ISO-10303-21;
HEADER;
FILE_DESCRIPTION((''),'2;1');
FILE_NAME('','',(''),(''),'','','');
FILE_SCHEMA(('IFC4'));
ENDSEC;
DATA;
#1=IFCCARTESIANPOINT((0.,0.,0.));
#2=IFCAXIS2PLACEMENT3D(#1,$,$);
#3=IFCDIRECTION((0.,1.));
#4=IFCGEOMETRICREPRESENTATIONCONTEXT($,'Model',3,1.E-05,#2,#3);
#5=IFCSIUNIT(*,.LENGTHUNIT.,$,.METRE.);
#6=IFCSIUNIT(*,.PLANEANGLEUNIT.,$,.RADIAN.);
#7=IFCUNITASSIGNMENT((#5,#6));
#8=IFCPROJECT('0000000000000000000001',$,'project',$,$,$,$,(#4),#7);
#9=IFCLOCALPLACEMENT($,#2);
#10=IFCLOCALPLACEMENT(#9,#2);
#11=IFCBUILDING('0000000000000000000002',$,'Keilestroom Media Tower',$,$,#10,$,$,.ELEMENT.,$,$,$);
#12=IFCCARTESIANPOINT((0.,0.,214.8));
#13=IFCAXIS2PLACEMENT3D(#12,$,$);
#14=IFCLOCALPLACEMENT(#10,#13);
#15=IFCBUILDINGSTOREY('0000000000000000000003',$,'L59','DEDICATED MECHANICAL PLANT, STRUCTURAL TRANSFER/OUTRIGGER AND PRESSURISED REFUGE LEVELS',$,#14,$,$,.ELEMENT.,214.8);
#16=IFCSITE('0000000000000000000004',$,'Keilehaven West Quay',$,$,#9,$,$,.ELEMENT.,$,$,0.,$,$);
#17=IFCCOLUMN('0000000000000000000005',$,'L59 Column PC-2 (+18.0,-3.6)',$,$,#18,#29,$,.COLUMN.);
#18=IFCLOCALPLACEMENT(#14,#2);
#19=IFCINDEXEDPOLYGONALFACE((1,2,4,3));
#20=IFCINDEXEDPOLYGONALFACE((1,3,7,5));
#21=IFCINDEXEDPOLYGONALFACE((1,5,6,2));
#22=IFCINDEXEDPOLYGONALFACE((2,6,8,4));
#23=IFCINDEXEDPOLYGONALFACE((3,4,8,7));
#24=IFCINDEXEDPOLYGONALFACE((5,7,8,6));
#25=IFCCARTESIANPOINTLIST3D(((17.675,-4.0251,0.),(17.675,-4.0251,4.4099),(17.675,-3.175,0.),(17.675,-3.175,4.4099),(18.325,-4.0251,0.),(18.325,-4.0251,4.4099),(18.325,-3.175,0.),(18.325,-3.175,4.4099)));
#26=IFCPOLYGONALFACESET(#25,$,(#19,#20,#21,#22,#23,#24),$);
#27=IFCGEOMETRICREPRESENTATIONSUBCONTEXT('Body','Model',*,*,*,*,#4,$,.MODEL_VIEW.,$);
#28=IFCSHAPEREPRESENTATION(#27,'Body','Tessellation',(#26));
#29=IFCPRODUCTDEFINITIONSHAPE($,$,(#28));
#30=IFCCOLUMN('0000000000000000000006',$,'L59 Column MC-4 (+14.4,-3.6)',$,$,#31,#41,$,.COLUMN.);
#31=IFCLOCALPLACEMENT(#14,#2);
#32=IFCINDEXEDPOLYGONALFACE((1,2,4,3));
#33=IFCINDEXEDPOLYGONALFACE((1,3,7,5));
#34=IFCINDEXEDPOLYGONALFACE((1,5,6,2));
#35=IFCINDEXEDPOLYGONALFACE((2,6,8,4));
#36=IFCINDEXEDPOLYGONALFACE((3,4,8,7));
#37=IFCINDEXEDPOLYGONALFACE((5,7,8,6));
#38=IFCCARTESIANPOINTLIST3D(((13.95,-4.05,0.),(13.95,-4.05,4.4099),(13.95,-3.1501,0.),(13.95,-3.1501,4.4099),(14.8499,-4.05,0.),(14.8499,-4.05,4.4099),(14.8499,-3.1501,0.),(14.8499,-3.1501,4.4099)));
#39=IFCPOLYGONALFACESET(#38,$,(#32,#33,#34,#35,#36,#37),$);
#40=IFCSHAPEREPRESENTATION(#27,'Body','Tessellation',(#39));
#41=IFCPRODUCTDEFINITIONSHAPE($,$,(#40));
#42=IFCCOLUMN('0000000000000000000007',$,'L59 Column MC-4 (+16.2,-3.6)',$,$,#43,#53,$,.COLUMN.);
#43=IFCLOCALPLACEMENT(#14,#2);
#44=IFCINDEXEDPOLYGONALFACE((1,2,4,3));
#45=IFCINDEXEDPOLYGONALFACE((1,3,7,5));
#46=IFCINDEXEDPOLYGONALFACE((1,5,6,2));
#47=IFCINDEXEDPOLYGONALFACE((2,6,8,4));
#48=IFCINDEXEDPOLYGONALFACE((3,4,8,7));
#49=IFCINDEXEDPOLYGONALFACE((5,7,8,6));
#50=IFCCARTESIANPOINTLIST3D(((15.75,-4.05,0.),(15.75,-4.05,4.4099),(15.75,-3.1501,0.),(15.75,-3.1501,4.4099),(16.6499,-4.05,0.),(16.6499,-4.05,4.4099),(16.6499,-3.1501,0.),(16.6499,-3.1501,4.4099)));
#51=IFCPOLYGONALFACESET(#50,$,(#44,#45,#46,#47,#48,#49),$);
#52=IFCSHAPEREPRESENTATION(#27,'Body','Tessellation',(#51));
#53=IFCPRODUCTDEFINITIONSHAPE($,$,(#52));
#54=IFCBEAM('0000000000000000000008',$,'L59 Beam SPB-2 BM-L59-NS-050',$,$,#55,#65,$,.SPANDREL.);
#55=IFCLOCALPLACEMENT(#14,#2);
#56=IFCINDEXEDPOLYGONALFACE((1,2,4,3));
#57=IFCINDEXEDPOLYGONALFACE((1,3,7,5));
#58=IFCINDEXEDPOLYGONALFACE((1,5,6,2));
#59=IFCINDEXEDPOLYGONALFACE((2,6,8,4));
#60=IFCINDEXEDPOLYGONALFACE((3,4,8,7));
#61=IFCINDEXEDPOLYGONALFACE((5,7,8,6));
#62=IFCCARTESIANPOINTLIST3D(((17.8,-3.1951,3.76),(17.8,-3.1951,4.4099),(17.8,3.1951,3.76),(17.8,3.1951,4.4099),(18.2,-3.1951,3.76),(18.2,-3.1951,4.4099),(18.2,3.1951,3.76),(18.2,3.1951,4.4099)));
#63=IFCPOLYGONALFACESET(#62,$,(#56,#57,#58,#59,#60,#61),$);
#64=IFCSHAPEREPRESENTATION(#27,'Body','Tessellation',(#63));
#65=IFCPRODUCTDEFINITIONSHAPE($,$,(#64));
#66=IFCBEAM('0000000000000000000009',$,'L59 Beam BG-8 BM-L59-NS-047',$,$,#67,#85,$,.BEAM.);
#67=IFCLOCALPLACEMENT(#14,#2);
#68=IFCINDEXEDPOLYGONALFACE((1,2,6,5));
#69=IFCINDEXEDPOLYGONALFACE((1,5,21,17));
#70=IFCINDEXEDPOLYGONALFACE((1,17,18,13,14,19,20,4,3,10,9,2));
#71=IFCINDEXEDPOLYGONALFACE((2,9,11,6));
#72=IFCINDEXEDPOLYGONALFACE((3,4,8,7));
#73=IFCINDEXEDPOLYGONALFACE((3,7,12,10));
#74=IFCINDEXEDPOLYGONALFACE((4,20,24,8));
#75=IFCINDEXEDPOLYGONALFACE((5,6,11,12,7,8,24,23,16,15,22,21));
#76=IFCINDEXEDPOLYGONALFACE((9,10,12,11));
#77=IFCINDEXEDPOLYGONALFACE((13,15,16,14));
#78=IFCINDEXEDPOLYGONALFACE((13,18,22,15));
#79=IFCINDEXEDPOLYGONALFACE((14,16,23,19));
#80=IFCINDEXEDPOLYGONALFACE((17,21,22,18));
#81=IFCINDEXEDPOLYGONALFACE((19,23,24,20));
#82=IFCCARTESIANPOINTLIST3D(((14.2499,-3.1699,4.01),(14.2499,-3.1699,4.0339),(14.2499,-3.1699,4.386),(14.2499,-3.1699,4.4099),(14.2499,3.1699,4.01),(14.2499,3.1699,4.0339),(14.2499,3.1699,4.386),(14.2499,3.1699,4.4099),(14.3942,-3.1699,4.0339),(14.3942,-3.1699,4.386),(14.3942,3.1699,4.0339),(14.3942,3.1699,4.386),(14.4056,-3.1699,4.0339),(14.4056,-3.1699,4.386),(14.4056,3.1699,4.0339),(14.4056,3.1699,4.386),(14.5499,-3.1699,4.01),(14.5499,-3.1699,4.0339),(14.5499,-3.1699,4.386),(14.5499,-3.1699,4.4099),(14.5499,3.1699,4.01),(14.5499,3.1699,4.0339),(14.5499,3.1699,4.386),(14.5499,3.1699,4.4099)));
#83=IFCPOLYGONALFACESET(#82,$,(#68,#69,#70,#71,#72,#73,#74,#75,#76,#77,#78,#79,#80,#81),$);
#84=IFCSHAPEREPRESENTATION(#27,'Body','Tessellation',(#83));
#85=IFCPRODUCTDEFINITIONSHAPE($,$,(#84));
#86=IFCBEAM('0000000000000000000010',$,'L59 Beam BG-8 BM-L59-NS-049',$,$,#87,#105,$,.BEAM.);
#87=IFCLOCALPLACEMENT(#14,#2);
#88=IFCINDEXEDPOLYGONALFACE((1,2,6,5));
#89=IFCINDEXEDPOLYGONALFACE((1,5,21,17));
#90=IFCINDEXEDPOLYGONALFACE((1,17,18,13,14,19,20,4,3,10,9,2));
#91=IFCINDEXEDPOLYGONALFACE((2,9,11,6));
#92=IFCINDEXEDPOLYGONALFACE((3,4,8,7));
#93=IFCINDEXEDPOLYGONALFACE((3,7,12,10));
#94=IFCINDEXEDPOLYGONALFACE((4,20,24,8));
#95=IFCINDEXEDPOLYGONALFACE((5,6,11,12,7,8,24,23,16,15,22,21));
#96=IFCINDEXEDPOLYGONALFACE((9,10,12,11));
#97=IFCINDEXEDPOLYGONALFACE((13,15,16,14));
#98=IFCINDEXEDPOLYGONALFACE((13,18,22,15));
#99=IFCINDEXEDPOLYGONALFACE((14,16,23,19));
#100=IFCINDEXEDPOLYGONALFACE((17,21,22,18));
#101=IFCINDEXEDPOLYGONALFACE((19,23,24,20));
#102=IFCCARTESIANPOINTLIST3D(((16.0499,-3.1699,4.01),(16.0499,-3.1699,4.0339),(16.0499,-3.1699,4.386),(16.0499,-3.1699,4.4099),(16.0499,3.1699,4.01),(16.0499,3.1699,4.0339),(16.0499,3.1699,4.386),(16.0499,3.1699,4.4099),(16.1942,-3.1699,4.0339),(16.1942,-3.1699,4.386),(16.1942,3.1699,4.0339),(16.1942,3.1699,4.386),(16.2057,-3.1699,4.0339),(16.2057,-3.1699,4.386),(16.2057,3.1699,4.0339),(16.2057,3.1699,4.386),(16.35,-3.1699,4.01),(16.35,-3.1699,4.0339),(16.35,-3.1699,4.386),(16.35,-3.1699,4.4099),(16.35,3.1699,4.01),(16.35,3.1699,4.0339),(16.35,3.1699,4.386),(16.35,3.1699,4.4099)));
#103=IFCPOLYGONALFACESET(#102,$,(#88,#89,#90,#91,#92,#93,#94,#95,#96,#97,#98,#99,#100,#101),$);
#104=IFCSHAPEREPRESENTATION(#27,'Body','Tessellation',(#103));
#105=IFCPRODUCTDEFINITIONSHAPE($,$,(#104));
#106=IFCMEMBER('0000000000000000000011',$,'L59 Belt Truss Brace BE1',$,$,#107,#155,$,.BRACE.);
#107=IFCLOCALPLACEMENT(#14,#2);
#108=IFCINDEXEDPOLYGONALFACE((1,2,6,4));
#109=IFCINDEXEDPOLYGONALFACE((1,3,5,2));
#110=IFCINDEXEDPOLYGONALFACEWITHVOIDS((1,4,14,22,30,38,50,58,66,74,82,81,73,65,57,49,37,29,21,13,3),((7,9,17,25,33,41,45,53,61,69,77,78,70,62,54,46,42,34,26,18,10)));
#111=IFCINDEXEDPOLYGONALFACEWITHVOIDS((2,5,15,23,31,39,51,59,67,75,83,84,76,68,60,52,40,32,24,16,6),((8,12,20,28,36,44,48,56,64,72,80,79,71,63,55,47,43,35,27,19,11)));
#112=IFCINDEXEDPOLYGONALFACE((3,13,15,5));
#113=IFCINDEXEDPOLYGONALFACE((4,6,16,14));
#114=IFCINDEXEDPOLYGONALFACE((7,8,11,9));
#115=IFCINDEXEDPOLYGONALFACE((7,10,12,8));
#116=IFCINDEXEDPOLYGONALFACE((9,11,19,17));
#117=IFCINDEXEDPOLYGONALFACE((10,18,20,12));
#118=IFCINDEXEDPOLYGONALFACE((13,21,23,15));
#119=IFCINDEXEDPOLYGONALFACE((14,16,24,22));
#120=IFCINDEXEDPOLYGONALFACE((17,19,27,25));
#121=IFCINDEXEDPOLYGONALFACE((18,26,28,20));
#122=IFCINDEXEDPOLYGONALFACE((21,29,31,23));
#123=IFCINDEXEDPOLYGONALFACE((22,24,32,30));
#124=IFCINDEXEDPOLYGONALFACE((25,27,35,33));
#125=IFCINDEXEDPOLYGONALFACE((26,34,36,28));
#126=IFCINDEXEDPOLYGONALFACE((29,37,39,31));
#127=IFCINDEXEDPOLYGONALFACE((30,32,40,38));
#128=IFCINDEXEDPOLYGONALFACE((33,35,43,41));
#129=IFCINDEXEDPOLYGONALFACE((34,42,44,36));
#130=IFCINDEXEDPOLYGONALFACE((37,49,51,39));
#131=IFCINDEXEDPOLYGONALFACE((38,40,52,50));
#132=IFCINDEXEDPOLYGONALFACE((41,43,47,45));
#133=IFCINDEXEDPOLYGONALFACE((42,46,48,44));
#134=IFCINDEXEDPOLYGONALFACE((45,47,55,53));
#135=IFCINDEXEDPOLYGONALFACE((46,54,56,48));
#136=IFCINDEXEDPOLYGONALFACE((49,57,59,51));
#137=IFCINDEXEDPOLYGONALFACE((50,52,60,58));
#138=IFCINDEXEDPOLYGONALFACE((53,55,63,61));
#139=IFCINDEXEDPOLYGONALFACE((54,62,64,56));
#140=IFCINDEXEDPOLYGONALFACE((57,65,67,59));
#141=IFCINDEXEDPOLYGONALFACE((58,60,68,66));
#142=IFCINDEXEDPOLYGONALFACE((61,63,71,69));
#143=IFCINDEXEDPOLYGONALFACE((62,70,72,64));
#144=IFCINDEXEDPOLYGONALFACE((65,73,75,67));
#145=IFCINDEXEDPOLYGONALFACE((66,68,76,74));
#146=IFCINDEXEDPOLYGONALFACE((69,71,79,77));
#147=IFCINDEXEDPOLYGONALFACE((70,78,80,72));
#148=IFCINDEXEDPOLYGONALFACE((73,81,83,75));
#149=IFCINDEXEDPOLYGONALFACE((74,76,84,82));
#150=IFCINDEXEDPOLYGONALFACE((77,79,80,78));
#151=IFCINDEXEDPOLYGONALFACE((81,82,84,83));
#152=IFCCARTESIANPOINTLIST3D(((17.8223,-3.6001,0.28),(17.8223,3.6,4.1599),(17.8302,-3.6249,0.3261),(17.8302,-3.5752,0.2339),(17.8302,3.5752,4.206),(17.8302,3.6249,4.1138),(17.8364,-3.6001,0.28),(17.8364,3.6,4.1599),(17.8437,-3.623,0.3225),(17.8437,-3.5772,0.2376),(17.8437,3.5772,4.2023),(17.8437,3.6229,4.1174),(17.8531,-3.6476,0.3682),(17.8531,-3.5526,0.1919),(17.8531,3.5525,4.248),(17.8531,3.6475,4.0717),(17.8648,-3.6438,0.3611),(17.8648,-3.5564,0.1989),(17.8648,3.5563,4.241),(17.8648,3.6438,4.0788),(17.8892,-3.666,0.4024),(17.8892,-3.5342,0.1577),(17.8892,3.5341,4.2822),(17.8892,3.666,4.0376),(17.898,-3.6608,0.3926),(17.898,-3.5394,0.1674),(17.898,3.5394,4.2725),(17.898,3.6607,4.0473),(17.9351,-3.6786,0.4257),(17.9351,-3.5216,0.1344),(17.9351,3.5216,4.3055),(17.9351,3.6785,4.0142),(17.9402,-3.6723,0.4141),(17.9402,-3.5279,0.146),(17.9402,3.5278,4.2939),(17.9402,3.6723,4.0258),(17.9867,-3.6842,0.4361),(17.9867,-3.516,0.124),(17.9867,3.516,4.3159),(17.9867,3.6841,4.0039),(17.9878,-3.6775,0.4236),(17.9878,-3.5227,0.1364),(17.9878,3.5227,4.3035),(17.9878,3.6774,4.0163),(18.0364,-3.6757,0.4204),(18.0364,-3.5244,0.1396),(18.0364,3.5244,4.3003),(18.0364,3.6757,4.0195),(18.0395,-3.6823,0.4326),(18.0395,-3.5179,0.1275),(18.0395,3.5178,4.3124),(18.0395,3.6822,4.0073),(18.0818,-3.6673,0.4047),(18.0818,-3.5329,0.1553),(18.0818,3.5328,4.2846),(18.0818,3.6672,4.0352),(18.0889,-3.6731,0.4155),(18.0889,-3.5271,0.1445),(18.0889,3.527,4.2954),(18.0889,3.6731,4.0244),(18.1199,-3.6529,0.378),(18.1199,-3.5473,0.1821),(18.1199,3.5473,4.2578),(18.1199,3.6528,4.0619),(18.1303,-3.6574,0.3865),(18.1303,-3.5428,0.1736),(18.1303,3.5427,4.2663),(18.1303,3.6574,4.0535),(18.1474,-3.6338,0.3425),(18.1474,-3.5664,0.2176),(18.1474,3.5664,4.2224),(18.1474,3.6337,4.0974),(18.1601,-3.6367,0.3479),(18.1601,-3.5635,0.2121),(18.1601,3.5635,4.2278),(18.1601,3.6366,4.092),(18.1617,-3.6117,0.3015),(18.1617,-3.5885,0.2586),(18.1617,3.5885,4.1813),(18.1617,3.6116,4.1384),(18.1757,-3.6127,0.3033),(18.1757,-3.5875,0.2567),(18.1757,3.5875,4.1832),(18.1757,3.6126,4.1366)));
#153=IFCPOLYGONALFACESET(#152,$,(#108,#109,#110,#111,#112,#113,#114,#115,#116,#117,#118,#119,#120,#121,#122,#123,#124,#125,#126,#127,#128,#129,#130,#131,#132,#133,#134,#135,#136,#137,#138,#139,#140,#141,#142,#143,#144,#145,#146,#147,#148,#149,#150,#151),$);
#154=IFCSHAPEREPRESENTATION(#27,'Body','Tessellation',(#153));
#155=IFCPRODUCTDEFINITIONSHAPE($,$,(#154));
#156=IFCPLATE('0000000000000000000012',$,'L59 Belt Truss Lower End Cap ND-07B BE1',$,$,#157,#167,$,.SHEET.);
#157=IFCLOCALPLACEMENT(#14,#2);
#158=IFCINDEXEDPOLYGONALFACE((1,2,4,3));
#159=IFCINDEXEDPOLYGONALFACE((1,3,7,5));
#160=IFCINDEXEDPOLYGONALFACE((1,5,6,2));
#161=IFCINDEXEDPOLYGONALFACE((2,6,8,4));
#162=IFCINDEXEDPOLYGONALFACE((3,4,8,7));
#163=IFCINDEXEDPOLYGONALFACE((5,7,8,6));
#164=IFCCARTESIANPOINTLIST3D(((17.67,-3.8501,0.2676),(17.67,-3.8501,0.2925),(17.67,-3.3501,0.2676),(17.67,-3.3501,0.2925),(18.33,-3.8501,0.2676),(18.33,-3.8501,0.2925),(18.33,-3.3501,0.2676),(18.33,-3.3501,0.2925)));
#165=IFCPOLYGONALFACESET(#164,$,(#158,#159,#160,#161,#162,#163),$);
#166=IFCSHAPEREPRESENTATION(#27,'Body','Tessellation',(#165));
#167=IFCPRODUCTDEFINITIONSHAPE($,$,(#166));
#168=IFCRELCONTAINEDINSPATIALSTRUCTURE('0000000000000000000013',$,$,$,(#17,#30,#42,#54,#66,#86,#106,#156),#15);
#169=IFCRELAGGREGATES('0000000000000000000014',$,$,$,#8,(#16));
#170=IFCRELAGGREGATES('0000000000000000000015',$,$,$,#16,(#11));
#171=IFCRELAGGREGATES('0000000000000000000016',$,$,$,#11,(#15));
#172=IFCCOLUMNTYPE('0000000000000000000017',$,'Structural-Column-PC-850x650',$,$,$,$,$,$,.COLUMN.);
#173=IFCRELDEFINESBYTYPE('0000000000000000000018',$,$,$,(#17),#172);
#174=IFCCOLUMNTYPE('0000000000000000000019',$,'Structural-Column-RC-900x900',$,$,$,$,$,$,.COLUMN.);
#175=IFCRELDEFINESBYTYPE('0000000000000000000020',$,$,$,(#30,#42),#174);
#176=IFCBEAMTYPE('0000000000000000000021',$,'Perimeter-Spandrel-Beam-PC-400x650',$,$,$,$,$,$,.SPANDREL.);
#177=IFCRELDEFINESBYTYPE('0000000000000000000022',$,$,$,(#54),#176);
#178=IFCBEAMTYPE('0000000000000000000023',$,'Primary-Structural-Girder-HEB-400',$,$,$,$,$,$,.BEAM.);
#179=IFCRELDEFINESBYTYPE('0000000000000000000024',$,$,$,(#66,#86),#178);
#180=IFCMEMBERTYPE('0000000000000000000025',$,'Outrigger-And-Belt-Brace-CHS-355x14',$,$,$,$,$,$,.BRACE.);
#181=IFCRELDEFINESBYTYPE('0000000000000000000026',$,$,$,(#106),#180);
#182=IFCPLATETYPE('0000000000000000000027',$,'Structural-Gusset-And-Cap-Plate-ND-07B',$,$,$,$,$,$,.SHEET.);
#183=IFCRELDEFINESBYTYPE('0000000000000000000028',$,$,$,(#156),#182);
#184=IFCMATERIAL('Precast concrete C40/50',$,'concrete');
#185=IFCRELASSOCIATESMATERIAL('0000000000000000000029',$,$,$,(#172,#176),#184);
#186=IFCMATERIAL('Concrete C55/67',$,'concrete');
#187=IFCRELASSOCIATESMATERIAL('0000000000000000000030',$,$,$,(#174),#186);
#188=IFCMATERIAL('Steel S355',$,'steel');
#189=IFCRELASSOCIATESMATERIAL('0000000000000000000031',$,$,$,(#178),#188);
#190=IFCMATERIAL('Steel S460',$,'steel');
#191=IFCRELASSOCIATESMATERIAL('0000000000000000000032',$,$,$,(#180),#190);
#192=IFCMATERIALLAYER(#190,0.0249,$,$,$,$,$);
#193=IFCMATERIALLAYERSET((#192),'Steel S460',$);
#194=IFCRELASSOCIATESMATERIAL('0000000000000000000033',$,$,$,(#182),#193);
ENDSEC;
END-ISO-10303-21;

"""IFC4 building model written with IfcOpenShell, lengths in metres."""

from ifc_helpers import new_model, si_unit, direction, frame, origin, origin_2d, place, context, subcontext, project, spatial, rectangle, hollow_circle, i_section, extrude, source, transform, mapped, material, layer, layer_set, material_profile, profile_set, type_object, element, save


model = new_model("IFC4")

# Units and contexts
model_context = context("Model", 3, precision=1e-05, world=origin(), true_north=direction((0.0, 1.0)))
body_context = subcontext(model_context, "Body", "Model", "MODEL_VIEW")
ifc_project = project(units=[si_unit("LENGTHUNIT", "METRE"), si_unit("PLANEANGLEUNIT", "RADIAN")], contexts=[model_context])

# Site, building, storey
site_placement = place(None, origin())
site = spatial("IfcSite", under=ifc_project, at=site_placement, Name="Keilehaven West Quay", CompositionType="ELEMENT", RefElevation=0.0)
building_placement = place(site_placement, origin())
building = spatial("IfcBuilding", under=site, at=building_placement, Name="Keilestroom Media Tower", CompositionType="ELEMENT")
storey_placement = place(building_placement, frame((0.0, 0.0, 214.8)))
storey = spatial("IfcBuildingStorey", under=building, at=storey_placement, Name="L59", Description="DEDICATED MECHANICAL PLANT, STRUCTURAL TRANSFER/OUTRIGGER AND PRESSURISED REFUGE LEVELS", CompositionType="ELEMENT", Elevation=214.8)

# Columns
ifc_material_1 = material(Name="Precast concrete C40/50", Category="concrete")
ifc_material_profile_1 = material_profile(ifc_material_1, rectangle(XDim=0.6499, YDim=0.8501, at=origin_2d()), Name="PC 850x650")
ifc_profile_set_1 = profile_set([ifc_material_profile_1], Name="Precast concrete C40/50")
column_type_1 = type_object("IfcColumnType", Name="Structural-Column-PC-850x650", PredefinedType="COLUMN", material=ifc_profile_set_1)
shared_shape_1 = source(origin(), body_context, "Body", "SweptSolid", [
    extrude(rectangle(XDim=0.6499, YDim=0.8501, at=origin_2d()), origin(), (0.0, 0.0, 1.0), 4.4099),
])
column_placement = place(storey_placement, frame((18.0, -3.6001, 0.0), z_axis=(0.0, 0.0, 1.0), x_axis=(1.0, 0.0, 0.0)))
element("IfcColumn", 1, at=column_placement, inside=storey, type_object=column_type_1, Name="L59 Column PC-2 (+18.0,-3.6)", PredefinedType="COLUMN", context=body_context, shape_type="MappedRepresentation", body=[
    mapped(shared_shape_1, transform((0.0, 0.0, 0.0), x_axis=(1.0, 0.0, 0.0), y_axis=(0.0, 1.0, 0.0), z_axis=(0.0, 0.0, 1.0), scale=1.0)),
])
ifc_material_2 = material(Name="Concrete C55/67", Category="concrete")
ifc_material_profile_2 = material_profile(ifc_material_2, rectangle(XDim=0.8999, YDim=0.8999, at=origin_2d()), Name="RC 900x900")
ifc_profile_set_2 = profile_set([ifc_material_profile_2], Name="Concrete C55/67")
column_type_2 = type_object("IfcColumnType", Name="Structural-Column-RC-900x900", PredefinedType="COLUMN", material=ifc_profile_set_2)
shared_shape_2 = source(origin(), body_context, "Body", "SweptSolid", [
    extrude(rectangle(XDim=0.8999, YDim=0.8999, at=origin_2d()), origin(), (0.0, 0.0, 1.0), 4.4099),
])
for number, where, z_axis, x_axis, name in (
    (2, (14.3999, -3.6001, 0.0), (0.0, 0.0, 1.0), (1.0, 0.0, 0.0), "L59 Column MC-4 (+14.4,-3.6)"),
    (3, (16.2, -3.6001, 0.0), (0.0, 0.0, 1.0), (1.0, 0.0, 0.0), "L59 Column MC-4 (+16.2,-3.6)"),
):
    element("IfcColumn", number, at=place(storey_placement, frame(where, z_axis=z_axis, x_axis=x_axis)), inside=storey, type_object=column_type_2, Name=name, PredefinedType="COLUMN", context=body_context, shape_type="MappedRepresentation", body=[
        mapped(shared_shape_2, transform((0.0, 0.0, 0.0), x_axis=(1.0, 0.0, 0.0), y_axis=(0.0, 1.0, 0.0), z_axis=(0.0, 0.0, 1.0), scale=1.0)),
    ])

# Beams
ifc_material_profile_3 = material_profile(ifc_material_1, rectangle(XDim=0.3999, YDim=0.6499, at=origin_2d()), Name="PC 400x650")
ifc_profile_set_3 = profile_set([ifc_material_profile_3], Name="Precast concrete C40/50")
beam_type_1 = type_object("IfcBeamType", Name="Perimeter-Spandrel-Beam-PC-400x650", PredefinedType="SPANDREL", material=ifc_profile_set_3)
shared_shape_3 = source(origin(), body_context, "Body", "SweptSolid", [
    extrude(rectangle(XDim=0.3999, YDim=0.6499, at=origin_2d()), origin(), (0.0, 0.0, 1.0), 6.3901),
])
beam_placement = place(storey_placement, frame((18.0, -3.1951, 4.085), z_axis=(0.0, 1.0, 0.0), x_axis=(-1.0, 0.0, 0.0)))
element("IfcBeam", 4, at=beam_placement, inside=storey, type_object=beam_type_1, Name="L59 Beam SPB-2 BM-L59-NS-050", PredefinedType="SPANDREL", context=body_context, shape_type="MappedRepresentation", body=[
    mapped(shared_shape_3, transform((0.0, 0.0, 0.0), x_axis=(1.0, 0.0, 0.0), y_axis=(0.0, 1.0, 0.0), z_axis=(0.0, 0.0, 1.0), scale=1.0)),
])
ifc_material_3 = material(Name="Steel S355", Category="steel")
ifc_material_profile_4 = material_profile(ifc_material_3, i_section(OverallWidth=0.3, OverallDepth=0.3999, WebThickness=0.0115, FlangeThickness=0.0239, at=origin_2d()), Name="HEB 400")
ifc_profile_set_4 = profile_set([ifc_material_profile_4], Name="Steel S355")
beam_type_2 = type_object("IfcBeamType", Name="Primary-Structural-Girder-HEB-400", PredefinedType="BEAM", material=ifc_profile_set_4)
shared_shape_4 = source(origin(), body_context, "Body", "SweptSolid", [
    extrude(i_section(OverallWidth=0.3, OverallDepth=0.3999, WebThickness=0.0115, FlangeThickness=0.0239, at=origin_2d()), origin(), (0.0, 0.0, 1.0), 6.3398),
])
for number, where, z_axis, x_axis, name in (
    (5, (14.3999, -3.1699, 4.21), (0.0, 1.0, 0.0), (-1.0, 0.0, 0.0), "L59 Beam BG-8 BM-L59-NS-047"),
    (6, (16.2, -3.1699, 4.21), (0.0, 1.0, 0.0), (-1.0, 0.0, 0.0), "L59 Beam BG-8 BM-L59-NS-049"),
):
    element("IfcBeam", number, at=place(storey_placement, frame(where, z_axis=z_axis, x_axis=x_axis)), inside=storey, type_object=beam_type_2, Name=name, PredefinedType="BEAM", context=body_context, shape_type="MappedRepresentation", body=[
        mapped(shared_shape_4, transform((0.0, 0.0, 0.0), x_axis=(1.0, 0.0, 0.0), y_axis=(0.0, 1.0, 0.0), z_axis=(0.0, 0.0, 1.0), scale=1.0)),
    ])

# Member
ifc_material_4 = material(Name="Steel S460", Category="steel")
ifc_material_profile_5 = material_profile(ifc_material_4, hollow_circle(Radius=0.1777, WallThickness=0.0142, at=origin_2d()), Name="CHS 355.6x14.2")
ifc_profile_set_5 = profile_set([ifc_material_profile_5], Name="Steel S460")
member_type = type_object("IfcMemberType", Name="Outrigger-And-Belt-Brace-CHS-355x14", PredefinedType="BRACE", material=ifc_profile_set_5)
shared_shape_5 = source(origin(), body_context, "Body", "SweptSolid", [
    extrude(hollow_circle(Radius=0.1777, WallThickness=0.0142, at=origin_2d()), origin(), (0.0, 0.0, 1.0), 8.179),
])
member_placement = place(storey_placement, frame((18.0, -3.6001, 0.28), z_axis=(0.0, 0.880325, 0.47437), x_axis=(-1.0, 0.0, 0.0)))
element("IfcMember", 7, at=member_placement, inside=storey, type_object=member_type, Name="L59 Belt Truss Brace BE1", PredefinedType="BRACE", context=body_context, shape_type="MappedRepresentation", body=[
    mapped(shared_shape_5, transform((0.0, 0.0, 0.0), x_axis=(1.0, 0.0, 0.0), y_axis=(0.0, 1.0, 0.0), z_axis=(0.0, 0.0, 1.0), scale=1.0)),
])

# Plate
ifc_layer_1 = layer(ifc_material_4, 0.0249)
ifc_layer_set_1 = layer_set([ifc_layer_1], Name="Steel S460")
plate_type = type_object("IfcPlateType", Name="Structural-Gusset-And-Cap-Plate-ND-07B", PredefinedType="SHEET", material=ifc_layer_set_1)
shared_shape_6 = source(origin(), body_context, "Body", "SweptSolid", [
    extrude(rectangle(XDim=0.6599, YDim=0.5, at=origin_2d()), origin(), (0.0, 0.0, 1.0), 0.0249),
])
plate_placement = place(storey_placement, frame((18.0, -3.6001, 0.2676), z_axis=(0.0, 0.0, 1.0), x_axis=(1.0, 0.0, 0.0)))
element("IfcPlate", 8, at=plate_placement, inside=storey, type_object=plate_type, Name="L59 Belt Truss Lower End Cap ND-07B BE1", PredefinedType="SHEET", context=body_context, shape_type="MappedRepresentation", body=[
    mapped(shared_shape_6, transform((0.0, 0.0, 0.0), x_axis=(1.0, 0.0, 0.0), y_axis=(0.0, 1.0, 0.0), z_axis=(0.0, 0.0, 1.0), scale=1.0)),
])

save(model, "model.ifc")
